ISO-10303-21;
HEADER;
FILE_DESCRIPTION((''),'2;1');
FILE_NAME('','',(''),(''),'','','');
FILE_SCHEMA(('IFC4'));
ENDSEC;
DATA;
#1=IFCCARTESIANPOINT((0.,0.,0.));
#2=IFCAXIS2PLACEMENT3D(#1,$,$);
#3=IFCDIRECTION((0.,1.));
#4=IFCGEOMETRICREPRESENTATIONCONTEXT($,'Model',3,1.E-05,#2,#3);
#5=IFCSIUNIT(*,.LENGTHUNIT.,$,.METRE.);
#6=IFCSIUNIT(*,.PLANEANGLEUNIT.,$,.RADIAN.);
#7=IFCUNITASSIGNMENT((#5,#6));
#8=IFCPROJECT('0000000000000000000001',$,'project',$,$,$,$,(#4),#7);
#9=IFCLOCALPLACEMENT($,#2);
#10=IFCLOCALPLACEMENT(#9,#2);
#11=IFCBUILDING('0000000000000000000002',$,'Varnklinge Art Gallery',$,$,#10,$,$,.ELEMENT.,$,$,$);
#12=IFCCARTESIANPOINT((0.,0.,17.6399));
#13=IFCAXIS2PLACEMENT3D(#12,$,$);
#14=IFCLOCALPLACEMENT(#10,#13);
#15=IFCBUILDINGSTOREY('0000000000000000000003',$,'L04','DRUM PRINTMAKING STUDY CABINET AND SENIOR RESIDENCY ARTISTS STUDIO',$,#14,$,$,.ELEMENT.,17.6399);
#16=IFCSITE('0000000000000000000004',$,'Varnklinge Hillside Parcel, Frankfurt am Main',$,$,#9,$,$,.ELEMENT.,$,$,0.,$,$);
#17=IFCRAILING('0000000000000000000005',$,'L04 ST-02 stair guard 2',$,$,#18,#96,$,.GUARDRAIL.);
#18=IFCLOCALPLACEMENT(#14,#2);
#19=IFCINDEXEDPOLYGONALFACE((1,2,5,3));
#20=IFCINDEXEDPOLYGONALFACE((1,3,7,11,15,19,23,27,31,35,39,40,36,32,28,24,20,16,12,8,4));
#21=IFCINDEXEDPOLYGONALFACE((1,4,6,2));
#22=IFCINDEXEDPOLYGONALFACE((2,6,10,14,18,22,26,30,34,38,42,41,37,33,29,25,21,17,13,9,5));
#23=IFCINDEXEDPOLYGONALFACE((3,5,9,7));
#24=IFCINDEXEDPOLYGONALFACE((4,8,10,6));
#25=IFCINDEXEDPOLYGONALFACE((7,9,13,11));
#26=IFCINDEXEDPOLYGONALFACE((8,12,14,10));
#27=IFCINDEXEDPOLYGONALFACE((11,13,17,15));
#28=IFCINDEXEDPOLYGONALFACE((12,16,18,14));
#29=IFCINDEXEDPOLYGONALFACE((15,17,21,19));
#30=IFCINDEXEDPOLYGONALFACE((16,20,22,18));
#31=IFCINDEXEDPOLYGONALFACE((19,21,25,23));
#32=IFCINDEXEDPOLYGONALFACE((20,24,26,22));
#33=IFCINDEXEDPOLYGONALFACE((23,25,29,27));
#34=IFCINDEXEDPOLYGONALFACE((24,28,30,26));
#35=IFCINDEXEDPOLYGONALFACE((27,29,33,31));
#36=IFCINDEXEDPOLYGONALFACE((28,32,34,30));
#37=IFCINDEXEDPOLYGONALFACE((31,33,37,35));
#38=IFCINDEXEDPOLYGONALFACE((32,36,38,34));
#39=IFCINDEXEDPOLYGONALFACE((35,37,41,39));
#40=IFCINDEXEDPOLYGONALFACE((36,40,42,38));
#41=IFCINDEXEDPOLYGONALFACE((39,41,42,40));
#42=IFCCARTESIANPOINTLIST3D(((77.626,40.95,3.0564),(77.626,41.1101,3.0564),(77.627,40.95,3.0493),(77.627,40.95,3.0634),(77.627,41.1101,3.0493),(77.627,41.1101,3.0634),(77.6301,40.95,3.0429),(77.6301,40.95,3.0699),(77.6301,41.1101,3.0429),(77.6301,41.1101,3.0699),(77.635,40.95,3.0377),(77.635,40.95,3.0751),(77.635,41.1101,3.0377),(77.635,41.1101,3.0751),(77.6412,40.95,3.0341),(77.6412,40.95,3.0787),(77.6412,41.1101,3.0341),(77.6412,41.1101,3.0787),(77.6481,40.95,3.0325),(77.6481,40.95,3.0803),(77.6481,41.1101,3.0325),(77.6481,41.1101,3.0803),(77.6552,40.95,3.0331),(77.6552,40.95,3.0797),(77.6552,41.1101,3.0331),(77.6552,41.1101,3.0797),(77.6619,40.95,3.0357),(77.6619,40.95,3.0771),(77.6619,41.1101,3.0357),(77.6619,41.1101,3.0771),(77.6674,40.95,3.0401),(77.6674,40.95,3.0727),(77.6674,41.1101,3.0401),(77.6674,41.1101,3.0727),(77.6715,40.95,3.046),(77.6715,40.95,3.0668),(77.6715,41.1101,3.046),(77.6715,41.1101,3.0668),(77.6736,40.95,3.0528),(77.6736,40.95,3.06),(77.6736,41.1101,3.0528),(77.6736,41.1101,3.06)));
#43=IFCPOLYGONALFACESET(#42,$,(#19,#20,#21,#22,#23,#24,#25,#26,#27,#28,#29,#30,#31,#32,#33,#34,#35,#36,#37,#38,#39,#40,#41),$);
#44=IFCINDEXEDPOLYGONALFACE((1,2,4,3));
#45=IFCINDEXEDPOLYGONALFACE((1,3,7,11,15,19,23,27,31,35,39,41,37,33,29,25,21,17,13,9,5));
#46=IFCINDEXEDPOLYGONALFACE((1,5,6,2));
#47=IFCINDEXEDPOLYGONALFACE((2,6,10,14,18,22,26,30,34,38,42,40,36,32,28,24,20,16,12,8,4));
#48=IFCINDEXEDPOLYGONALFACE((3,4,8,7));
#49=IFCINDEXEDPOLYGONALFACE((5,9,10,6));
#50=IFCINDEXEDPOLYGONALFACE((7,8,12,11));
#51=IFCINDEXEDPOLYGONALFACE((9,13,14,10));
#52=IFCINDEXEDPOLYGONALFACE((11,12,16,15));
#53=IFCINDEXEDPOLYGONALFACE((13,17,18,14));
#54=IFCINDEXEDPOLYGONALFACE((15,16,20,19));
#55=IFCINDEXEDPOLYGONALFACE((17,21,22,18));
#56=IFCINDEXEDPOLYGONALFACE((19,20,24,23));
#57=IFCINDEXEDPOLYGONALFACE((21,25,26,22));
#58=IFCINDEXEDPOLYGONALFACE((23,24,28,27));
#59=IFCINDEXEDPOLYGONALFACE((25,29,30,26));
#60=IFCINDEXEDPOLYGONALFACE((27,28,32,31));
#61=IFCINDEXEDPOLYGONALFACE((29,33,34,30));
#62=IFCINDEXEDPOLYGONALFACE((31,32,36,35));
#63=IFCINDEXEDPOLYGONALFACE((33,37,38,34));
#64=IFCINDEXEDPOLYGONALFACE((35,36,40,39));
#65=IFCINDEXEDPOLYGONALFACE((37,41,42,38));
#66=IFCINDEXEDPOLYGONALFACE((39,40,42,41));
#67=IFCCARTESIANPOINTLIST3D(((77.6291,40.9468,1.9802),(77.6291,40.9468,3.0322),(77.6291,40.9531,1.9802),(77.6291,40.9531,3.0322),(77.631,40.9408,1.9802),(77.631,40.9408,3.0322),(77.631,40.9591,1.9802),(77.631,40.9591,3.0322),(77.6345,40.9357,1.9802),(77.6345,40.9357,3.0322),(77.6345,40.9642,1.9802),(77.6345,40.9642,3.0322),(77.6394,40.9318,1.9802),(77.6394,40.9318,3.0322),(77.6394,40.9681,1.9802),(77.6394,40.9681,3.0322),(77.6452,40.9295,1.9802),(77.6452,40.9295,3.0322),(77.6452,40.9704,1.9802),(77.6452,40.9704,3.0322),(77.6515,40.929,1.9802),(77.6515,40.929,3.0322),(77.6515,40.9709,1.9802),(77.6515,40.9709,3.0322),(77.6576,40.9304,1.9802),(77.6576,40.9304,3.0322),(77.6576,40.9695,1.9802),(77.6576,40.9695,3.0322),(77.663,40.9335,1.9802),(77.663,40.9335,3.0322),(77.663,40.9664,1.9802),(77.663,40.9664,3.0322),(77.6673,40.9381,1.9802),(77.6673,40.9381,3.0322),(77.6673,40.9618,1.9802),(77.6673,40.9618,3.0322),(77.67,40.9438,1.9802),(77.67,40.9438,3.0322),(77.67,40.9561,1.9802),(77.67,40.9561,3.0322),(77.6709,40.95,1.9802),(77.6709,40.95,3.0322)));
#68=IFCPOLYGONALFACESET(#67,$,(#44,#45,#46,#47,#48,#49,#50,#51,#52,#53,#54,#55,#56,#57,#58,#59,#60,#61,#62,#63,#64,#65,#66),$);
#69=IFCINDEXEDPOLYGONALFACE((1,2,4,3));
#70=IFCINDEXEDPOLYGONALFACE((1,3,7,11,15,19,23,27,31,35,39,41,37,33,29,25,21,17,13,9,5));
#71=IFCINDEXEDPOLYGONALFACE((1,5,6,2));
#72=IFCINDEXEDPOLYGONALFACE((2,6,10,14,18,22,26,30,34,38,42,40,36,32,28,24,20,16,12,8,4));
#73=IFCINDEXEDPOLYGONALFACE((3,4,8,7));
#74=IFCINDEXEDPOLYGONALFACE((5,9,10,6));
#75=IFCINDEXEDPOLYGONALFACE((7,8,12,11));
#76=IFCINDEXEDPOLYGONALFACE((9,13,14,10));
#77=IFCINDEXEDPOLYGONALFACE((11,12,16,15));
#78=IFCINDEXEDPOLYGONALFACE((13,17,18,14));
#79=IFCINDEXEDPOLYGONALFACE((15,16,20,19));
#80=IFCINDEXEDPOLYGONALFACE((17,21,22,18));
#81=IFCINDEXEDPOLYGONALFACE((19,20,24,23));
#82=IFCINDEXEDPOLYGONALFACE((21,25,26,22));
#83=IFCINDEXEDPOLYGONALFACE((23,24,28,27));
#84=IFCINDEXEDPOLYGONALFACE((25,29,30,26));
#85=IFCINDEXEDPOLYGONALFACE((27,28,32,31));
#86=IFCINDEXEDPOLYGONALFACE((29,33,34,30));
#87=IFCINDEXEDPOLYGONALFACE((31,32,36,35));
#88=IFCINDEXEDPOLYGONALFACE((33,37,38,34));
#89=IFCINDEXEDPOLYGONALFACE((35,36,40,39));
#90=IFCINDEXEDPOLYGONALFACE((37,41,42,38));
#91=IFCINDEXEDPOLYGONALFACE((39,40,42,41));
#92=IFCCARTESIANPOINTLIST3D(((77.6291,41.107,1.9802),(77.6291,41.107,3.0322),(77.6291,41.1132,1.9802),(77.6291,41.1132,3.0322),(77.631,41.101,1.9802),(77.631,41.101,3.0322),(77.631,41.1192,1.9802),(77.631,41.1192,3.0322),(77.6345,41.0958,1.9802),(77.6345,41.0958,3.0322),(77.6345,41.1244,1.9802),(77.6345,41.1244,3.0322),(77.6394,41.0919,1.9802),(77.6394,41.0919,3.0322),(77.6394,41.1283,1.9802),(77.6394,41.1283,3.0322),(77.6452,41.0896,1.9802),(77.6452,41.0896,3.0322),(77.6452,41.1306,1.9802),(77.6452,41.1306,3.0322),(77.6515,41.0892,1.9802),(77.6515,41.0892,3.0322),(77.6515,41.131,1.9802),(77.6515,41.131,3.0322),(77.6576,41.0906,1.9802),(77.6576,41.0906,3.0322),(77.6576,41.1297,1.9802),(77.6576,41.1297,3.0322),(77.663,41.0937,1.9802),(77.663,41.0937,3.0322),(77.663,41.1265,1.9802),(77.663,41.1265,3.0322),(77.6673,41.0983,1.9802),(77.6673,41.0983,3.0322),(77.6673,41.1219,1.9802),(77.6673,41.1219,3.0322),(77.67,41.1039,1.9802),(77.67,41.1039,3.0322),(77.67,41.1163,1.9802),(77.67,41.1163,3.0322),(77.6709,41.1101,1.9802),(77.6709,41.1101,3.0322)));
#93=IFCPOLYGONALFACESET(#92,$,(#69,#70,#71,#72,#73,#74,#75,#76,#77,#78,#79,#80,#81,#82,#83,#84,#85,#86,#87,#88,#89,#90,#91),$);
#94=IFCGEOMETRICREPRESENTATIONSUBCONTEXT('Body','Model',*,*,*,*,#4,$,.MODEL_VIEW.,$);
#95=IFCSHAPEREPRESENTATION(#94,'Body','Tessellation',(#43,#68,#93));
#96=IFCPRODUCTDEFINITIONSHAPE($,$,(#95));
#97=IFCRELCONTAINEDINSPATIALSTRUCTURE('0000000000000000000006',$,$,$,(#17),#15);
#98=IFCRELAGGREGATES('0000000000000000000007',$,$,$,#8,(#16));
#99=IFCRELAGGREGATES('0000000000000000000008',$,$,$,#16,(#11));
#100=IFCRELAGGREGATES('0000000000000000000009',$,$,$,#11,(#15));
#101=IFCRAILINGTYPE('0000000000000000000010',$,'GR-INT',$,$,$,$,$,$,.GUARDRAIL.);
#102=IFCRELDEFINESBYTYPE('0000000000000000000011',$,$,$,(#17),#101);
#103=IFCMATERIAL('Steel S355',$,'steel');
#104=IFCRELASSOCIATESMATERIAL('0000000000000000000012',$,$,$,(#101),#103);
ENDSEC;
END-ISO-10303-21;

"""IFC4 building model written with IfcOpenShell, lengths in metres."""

from ifc_helpers import new_model, si_unit, direction, frame, origin, origin_2d, place, context, subcontext, project, spatial, circle, extrude, material, type_object, element, save


model = new_model("IFC4")

# Units and contexts
model_context = context("Model", 3, precision=1e-05, world=origin(), true_north=direction((0.0, 1.0)))
body_context = subcontext(model_context, "Body", "Model", "MODEL_VIEW")
ifc_project = project(units=[si_unit("LENGTHUNIT", "METRE"), si_unit("PLANEANGLEUNIT", "RADIAN")], contexts=[model_context])

# Site, building, storey
site_placement = place(None, origin())
site = spatial("IfcSite", under=ifc_project, at=site_placement, Name="Varnklinge Hillside Parcel, Frankfurt am Main", CompositionType="ELEMENT", RefElevation=0.0)
building_placement = place(site_placement, origin())
building = spatial("IfcBuilding", under=site, at=building_placement, Name="Varnklinge Art Gallery", CompositionType="ELEMENT")
storey_placement = place(building_placement, frame((0.0, 0.0, 17.6399)))
storey = spatial("IfcBuildingStorey", under=building, at=storey_placement, Name="L04", Description="DRUM PRINTMAKING STUDY CABINET AND SENIOR RESIDENCY ARTISTS STUDIO", CompositionType="ELEMENT", Elevation=17.6399)

# Railing
ifc_material_1 = material(Name="Steel S355", Category="steel")
railing_type_1 = type_object("IfcRailingType", Name="GR-INT", PredefinedType="GUARDRAIL", material=ifc_material_1)
railing_1_placement = place(storey_placement, frame((77.6499, 40.95, 1.9802)))
element("IfcRailing", 1, at=railing_1_placement, inside=storey, type_object=railing_type_1, Name="L04 ST-02 stair guard 2", PredefinedType="GUARDRAIL", context=body_context, shape_type="SweptSolid", body=[
    extrude(circle(Radius=0.0239, at=origin_2d()), frame((0.0, 0.0, 1.0762), z_axis=(0.0, 1.0, 0.0), x_axis=(-1.0, 0.0, 0.0)), (0.0, 0.0, 1.0), 0.1602),
    extrude(circle(Radius=0.021, at=origin_2d()), origin(), (0.0, 0.0, 1.0), 1.052),
    extrude(circle(Radius=0.021, at=origin_2d()), frame((0.0, 0.1602, 0.0)), (0.0, 0.0, 1.0), 1.052),
])

save(model, "model.ifc")
